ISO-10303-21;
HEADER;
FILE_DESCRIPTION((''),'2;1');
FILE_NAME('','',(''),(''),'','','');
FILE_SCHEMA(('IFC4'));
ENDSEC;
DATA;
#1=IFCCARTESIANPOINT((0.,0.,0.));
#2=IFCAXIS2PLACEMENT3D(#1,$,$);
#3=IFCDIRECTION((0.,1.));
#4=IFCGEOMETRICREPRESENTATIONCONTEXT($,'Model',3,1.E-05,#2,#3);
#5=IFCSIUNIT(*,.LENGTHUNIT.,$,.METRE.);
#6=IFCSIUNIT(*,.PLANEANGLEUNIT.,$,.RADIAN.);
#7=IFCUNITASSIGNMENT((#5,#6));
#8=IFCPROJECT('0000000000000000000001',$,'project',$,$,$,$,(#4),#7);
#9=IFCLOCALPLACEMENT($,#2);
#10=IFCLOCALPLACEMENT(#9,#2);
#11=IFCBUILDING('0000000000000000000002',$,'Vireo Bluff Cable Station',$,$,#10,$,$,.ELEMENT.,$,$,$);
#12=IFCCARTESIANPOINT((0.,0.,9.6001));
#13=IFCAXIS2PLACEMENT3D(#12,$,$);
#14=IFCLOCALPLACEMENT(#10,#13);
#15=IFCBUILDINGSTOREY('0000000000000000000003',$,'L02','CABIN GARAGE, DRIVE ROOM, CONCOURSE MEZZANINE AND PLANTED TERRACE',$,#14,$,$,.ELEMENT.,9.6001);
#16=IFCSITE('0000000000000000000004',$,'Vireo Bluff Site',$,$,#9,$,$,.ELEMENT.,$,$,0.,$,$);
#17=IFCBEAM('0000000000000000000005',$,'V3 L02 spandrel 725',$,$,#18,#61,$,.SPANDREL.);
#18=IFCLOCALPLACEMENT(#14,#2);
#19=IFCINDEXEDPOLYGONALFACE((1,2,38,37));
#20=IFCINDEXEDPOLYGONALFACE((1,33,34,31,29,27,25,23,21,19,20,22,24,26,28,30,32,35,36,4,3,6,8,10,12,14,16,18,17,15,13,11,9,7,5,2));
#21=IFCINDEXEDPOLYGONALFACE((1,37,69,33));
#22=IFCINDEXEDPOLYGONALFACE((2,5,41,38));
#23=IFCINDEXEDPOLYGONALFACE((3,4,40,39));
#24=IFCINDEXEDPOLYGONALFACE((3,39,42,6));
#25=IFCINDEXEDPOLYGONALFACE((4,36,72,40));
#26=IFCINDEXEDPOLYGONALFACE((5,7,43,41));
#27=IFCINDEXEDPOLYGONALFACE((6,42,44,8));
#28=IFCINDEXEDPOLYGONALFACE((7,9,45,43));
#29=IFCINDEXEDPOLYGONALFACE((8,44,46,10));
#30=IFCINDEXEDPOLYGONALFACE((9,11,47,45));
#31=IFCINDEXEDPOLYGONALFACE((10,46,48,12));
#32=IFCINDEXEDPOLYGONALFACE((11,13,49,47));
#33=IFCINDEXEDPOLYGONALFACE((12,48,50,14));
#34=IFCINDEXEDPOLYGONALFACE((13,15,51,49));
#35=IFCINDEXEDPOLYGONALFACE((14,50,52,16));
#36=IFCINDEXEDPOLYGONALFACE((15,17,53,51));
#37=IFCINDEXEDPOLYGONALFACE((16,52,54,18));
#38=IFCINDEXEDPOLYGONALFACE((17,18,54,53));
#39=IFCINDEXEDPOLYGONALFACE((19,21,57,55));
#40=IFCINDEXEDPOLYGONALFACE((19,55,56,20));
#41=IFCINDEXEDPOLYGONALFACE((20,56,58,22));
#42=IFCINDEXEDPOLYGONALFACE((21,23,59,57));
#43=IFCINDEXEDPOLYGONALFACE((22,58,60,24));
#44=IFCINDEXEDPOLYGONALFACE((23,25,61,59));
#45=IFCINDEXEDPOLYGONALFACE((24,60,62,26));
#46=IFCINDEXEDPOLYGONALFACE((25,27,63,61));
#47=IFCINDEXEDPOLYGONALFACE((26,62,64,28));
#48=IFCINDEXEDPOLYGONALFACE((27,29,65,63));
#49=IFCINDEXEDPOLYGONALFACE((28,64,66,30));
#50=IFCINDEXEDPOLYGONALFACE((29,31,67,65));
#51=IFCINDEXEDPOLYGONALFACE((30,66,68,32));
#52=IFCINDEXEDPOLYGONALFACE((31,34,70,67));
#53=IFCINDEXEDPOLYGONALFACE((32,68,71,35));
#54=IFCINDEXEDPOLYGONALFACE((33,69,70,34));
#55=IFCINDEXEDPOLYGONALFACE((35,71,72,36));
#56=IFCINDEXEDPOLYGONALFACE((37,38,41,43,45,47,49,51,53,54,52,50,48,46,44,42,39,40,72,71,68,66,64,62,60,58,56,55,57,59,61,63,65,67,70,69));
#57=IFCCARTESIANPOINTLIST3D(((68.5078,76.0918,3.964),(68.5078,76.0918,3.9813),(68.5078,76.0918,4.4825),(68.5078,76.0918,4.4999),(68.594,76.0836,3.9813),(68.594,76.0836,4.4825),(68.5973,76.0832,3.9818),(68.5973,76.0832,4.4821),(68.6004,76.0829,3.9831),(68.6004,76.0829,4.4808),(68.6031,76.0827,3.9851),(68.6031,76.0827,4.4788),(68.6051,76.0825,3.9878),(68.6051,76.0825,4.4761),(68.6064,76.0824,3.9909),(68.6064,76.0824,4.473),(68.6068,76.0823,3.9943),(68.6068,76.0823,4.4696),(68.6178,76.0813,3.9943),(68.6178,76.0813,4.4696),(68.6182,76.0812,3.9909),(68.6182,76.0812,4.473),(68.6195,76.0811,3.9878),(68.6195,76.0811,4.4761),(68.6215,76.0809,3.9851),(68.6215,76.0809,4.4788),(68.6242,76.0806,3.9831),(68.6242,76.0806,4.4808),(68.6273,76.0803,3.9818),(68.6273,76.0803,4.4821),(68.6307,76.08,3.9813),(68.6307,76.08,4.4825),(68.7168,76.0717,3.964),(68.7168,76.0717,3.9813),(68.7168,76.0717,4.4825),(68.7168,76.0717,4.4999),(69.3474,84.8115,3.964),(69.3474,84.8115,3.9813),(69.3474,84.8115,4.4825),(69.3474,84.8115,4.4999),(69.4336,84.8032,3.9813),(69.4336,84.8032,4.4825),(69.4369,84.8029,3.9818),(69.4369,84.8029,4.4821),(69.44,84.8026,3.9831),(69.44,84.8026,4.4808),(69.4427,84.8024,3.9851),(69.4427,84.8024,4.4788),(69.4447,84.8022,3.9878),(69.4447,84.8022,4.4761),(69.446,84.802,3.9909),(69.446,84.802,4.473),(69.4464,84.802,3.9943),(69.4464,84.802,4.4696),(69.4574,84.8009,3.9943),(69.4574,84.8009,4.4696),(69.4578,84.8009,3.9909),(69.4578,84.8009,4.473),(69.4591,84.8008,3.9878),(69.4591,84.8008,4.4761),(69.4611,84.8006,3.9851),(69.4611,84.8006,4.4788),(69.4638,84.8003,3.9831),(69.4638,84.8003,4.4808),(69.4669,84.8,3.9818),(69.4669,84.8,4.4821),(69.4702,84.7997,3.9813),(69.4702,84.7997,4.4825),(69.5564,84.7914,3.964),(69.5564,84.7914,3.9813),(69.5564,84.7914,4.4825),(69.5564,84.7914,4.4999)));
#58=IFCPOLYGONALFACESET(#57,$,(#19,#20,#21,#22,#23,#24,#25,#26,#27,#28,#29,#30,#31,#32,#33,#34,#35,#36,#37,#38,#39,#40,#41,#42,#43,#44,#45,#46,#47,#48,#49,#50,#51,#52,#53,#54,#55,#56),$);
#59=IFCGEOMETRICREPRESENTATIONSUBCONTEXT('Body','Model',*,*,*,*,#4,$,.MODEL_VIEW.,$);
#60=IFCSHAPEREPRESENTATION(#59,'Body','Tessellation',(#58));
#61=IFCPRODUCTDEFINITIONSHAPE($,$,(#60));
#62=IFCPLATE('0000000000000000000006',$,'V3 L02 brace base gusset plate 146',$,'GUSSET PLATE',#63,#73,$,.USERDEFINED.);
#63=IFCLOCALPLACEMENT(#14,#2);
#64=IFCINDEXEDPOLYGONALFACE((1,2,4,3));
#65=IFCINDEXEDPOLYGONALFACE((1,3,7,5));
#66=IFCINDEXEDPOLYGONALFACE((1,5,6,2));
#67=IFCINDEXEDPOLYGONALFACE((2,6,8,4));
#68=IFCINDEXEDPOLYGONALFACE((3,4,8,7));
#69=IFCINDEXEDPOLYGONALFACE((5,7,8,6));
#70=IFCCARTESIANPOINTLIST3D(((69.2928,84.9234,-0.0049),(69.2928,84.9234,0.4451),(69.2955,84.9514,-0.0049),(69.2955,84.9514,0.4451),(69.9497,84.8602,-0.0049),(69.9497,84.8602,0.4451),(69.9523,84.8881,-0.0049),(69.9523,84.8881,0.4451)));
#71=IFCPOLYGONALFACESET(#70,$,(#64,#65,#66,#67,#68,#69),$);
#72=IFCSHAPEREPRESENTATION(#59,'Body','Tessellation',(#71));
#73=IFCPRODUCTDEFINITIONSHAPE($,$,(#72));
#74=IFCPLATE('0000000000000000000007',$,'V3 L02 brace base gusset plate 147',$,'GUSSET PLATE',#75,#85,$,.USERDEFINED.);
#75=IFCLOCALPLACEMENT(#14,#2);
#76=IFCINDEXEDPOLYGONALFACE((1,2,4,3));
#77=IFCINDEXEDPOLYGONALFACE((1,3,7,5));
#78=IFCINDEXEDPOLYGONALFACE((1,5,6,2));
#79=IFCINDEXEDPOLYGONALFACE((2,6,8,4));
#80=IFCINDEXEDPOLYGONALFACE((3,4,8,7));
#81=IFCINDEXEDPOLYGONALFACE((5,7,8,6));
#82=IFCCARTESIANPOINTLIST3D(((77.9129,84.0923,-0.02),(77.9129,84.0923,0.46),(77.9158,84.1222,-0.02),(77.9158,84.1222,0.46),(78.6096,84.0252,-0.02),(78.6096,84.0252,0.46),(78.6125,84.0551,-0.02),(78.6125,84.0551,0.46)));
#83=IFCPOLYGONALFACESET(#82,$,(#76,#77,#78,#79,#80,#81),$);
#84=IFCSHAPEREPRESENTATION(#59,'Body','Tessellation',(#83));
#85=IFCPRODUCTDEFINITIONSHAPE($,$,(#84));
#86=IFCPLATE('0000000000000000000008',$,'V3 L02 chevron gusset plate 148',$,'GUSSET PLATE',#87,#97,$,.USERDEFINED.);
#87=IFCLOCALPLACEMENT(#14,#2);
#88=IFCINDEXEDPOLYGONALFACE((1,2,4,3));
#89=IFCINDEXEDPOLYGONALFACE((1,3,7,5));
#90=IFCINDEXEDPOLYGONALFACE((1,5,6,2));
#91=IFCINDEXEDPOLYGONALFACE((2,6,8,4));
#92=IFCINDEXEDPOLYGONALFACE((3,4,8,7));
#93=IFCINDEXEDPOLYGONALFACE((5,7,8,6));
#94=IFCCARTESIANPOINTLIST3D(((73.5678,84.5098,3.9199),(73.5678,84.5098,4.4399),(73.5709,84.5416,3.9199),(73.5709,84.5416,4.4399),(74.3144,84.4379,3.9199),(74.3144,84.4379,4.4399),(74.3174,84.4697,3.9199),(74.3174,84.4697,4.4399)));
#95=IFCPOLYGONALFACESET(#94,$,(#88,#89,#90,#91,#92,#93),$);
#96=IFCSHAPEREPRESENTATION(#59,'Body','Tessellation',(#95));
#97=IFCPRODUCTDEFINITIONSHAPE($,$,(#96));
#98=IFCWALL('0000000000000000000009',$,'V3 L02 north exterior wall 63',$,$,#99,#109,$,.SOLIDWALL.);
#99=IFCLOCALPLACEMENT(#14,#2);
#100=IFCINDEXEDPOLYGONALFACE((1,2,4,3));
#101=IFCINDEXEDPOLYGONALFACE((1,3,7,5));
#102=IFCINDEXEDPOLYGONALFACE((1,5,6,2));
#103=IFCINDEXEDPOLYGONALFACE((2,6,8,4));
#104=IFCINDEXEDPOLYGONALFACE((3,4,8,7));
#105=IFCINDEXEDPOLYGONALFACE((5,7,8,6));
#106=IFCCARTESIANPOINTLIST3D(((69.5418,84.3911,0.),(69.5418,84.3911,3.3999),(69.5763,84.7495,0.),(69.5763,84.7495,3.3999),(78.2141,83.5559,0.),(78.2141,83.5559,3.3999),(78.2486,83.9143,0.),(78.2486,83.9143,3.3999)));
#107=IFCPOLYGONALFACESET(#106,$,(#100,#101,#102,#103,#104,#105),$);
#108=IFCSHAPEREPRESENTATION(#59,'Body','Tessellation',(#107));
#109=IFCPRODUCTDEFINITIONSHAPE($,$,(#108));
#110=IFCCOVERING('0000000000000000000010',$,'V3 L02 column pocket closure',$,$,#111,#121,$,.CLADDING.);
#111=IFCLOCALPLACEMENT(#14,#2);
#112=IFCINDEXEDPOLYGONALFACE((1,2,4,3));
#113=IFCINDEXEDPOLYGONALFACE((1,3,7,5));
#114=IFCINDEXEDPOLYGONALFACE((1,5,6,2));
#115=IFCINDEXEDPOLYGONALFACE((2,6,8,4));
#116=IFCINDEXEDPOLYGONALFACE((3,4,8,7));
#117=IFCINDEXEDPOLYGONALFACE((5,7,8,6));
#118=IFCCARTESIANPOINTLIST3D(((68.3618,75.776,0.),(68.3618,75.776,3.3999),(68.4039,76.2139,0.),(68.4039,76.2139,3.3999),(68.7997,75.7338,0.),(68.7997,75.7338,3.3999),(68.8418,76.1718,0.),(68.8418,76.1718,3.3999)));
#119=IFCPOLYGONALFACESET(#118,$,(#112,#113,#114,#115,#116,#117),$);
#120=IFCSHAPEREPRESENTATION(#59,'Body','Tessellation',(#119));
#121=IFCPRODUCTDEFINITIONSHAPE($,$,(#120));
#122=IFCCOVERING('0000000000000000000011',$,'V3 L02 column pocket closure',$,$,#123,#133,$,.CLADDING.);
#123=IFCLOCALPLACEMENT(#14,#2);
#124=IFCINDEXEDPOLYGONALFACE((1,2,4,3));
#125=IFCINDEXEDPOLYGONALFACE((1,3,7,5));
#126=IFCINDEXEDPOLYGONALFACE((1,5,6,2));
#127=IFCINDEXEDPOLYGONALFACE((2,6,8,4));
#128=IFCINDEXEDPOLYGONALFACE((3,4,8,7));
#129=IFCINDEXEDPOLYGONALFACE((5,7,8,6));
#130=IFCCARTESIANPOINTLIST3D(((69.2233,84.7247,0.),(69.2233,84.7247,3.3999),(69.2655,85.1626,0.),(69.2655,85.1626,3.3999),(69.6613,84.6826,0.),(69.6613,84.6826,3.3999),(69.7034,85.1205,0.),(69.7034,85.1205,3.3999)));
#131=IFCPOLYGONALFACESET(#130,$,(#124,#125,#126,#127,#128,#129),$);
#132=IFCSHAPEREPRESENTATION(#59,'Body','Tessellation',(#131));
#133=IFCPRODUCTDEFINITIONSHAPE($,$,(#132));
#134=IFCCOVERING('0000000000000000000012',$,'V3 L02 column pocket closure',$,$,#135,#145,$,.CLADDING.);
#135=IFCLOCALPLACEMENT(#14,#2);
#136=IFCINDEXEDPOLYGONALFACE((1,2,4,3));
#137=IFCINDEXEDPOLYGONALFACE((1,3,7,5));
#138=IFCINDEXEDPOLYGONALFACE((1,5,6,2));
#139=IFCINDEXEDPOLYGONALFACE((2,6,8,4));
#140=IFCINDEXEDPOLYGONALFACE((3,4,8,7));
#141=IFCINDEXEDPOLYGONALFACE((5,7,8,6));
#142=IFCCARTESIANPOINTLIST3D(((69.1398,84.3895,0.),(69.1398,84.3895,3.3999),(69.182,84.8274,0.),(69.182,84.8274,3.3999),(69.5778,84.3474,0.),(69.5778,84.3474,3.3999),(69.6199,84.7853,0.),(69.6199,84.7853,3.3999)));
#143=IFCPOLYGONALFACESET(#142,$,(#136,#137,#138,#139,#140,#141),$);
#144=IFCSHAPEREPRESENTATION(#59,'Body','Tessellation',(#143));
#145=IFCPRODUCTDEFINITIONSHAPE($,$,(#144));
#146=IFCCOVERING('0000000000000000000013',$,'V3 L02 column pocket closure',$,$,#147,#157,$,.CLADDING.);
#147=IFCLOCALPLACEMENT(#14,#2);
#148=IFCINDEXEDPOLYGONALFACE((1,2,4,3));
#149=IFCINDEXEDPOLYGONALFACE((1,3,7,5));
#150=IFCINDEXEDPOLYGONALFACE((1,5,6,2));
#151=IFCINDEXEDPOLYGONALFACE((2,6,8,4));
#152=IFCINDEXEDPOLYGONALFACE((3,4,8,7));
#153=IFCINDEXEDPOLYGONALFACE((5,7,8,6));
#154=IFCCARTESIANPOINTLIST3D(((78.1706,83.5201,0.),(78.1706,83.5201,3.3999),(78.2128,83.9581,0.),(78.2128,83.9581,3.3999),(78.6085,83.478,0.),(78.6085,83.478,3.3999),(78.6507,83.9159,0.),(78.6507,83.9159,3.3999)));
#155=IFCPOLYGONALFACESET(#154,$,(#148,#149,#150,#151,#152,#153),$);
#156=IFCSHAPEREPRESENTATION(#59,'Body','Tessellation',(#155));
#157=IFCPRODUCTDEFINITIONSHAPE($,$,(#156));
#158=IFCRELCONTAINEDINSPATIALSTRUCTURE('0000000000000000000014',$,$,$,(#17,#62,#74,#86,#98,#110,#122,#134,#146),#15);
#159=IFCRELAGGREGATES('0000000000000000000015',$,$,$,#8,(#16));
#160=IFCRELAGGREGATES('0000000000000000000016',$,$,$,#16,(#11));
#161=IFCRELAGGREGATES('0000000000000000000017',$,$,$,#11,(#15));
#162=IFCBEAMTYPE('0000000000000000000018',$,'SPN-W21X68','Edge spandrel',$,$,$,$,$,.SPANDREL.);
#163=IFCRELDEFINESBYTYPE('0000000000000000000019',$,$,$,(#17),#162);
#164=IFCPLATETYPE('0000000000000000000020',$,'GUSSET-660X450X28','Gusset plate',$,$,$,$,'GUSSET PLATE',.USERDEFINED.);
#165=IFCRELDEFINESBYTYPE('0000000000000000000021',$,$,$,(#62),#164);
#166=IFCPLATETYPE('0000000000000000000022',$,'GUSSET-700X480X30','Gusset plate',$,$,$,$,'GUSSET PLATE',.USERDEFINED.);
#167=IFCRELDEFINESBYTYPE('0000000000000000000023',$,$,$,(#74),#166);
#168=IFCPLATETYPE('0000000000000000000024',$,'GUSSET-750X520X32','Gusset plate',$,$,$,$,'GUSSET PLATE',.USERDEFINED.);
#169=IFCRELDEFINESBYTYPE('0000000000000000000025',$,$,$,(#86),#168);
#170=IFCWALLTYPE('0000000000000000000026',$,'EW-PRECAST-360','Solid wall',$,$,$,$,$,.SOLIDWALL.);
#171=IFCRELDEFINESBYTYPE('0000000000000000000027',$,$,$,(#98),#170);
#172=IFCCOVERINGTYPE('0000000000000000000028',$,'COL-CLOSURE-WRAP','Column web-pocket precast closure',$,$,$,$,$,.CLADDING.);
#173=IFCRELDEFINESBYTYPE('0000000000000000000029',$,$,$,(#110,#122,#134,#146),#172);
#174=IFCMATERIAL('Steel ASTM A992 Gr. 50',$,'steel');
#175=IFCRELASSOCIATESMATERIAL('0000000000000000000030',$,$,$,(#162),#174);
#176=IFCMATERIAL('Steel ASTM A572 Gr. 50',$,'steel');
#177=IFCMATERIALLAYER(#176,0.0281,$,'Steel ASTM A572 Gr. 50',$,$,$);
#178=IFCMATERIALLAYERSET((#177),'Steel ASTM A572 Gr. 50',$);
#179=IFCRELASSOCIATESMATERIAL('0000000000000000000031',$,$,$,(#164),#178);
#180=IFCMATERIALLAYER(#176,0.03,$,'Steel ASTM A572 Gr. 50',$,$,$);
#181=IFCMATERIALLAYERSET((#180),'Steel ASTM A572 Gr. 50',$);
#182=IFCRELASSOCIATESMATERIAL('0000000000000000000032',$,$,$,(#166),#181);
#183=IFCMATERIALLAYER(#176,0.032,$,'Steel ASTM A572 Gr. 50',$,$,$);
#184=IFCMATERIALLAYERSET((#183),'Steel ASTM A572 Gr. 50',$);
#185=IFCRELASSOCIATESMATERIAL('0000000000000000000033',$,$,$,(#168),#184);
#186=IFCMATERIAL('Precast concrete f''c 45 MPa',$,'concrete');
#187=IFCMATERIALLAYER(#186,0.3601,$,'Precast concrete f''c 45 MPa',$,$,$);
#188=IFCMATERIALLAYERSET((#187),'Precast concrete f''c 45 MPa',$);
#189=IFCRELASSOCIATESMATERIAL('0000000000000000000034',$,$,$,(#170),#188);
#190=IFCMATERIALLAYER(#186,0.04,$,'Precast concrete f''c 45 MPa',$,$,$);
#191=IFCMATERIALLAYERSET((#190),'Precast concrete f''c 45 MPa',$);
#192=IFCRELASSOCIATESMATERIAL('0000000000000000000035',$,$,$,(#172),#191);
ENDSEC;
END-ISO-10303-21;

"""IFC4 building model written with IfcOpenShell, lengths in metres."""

from ifc_helpers import new_model, si_unit, direction, frame, frame_2d, origin, origin_2d, place, context, subcontext, project, spatial, rectangle, i_section, extrude, material, layer, layer_set, material_profile, profile_set, type_object, element, save


model = new_model("IFC4")

# Units and contexts
model_context = context("Model", 3, precision=1e-05, world=origin(), true_north=direction((0.0, 1.0)))
body_context = subcontext(model_context, "Body", "Model", "MODEL_VIEW")
ifc_project = project(units=[si_unit("LENGTHUNIT", "METRE"), si_unit("PLANEANGLEUNIT", "RADIAN")], contexts=[model_context])

# Site, building, storey
site_placement = place(None, origin())
site = spatial("IfcSite", under=ifc_project, at=site_placement, Name="Vireo Bluff Site", CompositionType="ELEMENT", RefElevation=0.0)
building_placement = place(site_placement, origin())
building = spatial("IfcBuilding", under=site, at=building_placement, Name="Vireo Bluff Cable Station", CompositionType="ELEMENT")
storey_placement = place(building_placement, frame((0.0, 0.0, 9.6001)))
storey = spatial("IfcBuildingStorey", under=building, at=storey_placement, Name="L02", Description="CABIN GARAGE, DRIVE ROOM, CONCOURSE MEZZANINE AND PLANTED TERRACE", CompositionType="ELEMENT", Elevation=9.6001)

# Shared definitions
ifc_material_1 = material(Name="Steel ASTM A992 Gr. 50", Category="steel")

# Beam
ifc_material_profile_1 = material_profile(ifc_material_1, i_section(OverallWidth=0.21, OverallDepth=0.5359, WebThickness=0.011, FlangeThickness=0.0173, FilletRadius=0.0129, at=origin_2d()), Name="W21X68")
ifc_profile_set_1 = profile_set([ifc_material_profile_1], Name="Steel ASTM A992 Gr. 50")
beam_type_1 = type_object("IfcBeamType", Name="SPN-W21X68", Description="Edge spandrel", PredefinedType="SPANDREL", material=ifc_profile_set_1)
beam_1_placement = place(storey_placement, frame((68.6123, 76.0818, 4.2319), z_axis=(0.095844, 0.995396, 0.0), x_axis=(-0.995396, 0.095844, 0.0)))
element("IfcBeam", 1, at=beam_1_placement, inside=storey, type_object=beam_type_1, Name="V3 L02 spandrel 725", PredefinedType="SPANDREL", context=body_context, shape_type="SweptSolid", body=[
    extrude(i_section(OverallWidth=0.21, OverallDepth=0.5359, WebThickness=0.011, FlangeThickness=0.0173, FilletRadius=0.0129, at=origin_2d()), origin(), (0.0, 0.0, 1.0), 8.76),
])

# Plates
ifc_material_2 = material(Name="Steel ASTM A572 Gr. 50", Category="steel")
ifc_layer_1 = layer(ifc_material_2, 0.0281, Name="Steel ASTM A572 Gr. 50")
ifc_layer_set_1 = layer_set([ifc_layer_1], Name="Steel ASTM A572 Gr. 50")
plate_type_1 = type_object("IfcPlateType", Name="GUSSET-660X450X28", Description="Gusset plate", ElementType="GUSSET PLATE", PredefinedType="USERDEFINED", material=ifc_layer_set_1)
plate_1_placement = place(storey_placement, frame((69.6226, 84.9058, -0.0049), z_axis=(0.0, 0.0, 1.0), x_axis=(0.995396, -0.095846, 0.0)))
element("IfcPlate", 2, at=plate_1_placement, inside=storey, type_object=plate_type_1, Name="V3 L02 brace base gusset plate 146", ObjectType="GUSSET PLATE", PredefinedType="USERDEFINED", context=body_context, shape_type="SweptSolid", body=[
    extrude(rectangle(XDim=0.6599, YDim=0.0281, at=origin_2d()), origin(), (0.0, 0.0, 1.0), 0.45),
])
ifc_layer_2 = layer(ifc_material_2, 0.03, Name="Steel ASTM A572 Gr. 50")
ifc_layer_set_2 = layer_set([ifc_layer_2], Name="Steel ASTM A572 Gr. 50")
plate_type_2 = type_object("IfcPlateType", Name="GUSSET-700X480X30", Description="Gusset plate", ElementType="GUSSET PLATE", PredefinedType="USERDEFINED", material=ifc_layer_set_2)
plate_2_placement = place(storey_placement, frame((78.2627, 84.0737, -0.02), z_axis=(0.0, 0.0, 1.0), x_axis=(0.995396, -0.095846, 0.0)))
element("IfcPlate", 3, at=plate_2_placement, inside=storey, type_object=plate_type_2, Name="V3 L02 brace base gusset plate 147", ObjectType="GUSSET PLATE", PredefinedType="USERDEFINED", context=body_context, shape_type="SweptSolid", body=[
    extrude(rectangle(XDim=0.7, YDim=0.03, at=origin_2d()), origin(), (0.0, 0.0, 1.0), 0.48),
])
ifc_layer_3 = layer(ifc_material_2, 0.032, Name="Steel ASTM A572 Gr. 50")
ifc_layer_set_3 = layer_set([ifc_layer_3], Name="Steel ASTM A572 Gr. 50")
plate_type_3 = type_object("IfcPlateType", Name="GUSSET-750X520X32", Description="Gusset plate", ElementType="GUSSET PLATE", PredefinedType="USERDEFINED", material=ifc_layer_set_3)
plate_3_placement = place(storey_placement, frame((73.9426, 84.4897, 3.9199), z_axis=(0.0, 0.0, 1.0), x_axis=(0.995396, -0.095846, 0.0)))
element("IfcPlate", 4, at=plate_3_placement, inside=storey, type_object=plate_type_3, Name="V3 L02 chevron gusset plate 148", ObjectType="GUSSET PLATE", PredefinedType="USERDEFINED", context=body_context, shape_type="SweptSolid", body=[
    extrude(rectangle(XDim=0.75, YDim=0.032, at=origin_2d()), origin(), (0.0, 0.0, 1.0), 0.52),
])

# Shared definitions
ifc_material_3 = material(Name="Precast concrete f'c 45 MPa", Category="concrete")

# Wall
ifc_layer_4 = layer(ifc_material_3, 0.3601, Name="Precast concrete f'c 45 MPa")
ifc_layer_set_4 = layer_set([ifc_layer_4], Name="Precast concrete f'c 45 MPa")
wall_type_1 = type_object("IfcWallType", Name="EW-PRECAST-360", Description="Solid wall", PredefinedType="SOLIDWALL", material=ifc_layer_set_4)
wall_1_placement = place(storey_placement, frame((69.5591, 84.5703, 0.0), z_axis=(0.0, 0.0, 1.0), x_axis=(0.995395, -0.095863, 0.0)))
element("IfcWall", 5, at=wall_1_placement, inside=storey, type_object=wall_type_1, Name="V3 L02 north exterior wall 63", PredefinedType="SOLIDWALL", context=body_context, shape_type="SweptSolid", body=[
    extrude(rectangle(XDim=8.7124, YDim=0.3601, at=frame_2d((4.3562, 0.0))), origin(), (0.0, 0.0, 1.0), 3.3999),
])

# Coverings
ifc_layer_5 = layer(ifc_material_3, 0.04, Name="Precast concrete f'c 45 MPa")
ifc_layer_set_5 = layer_set([ifc_layer_5], Name="Precast concrete f'c 45 MPa")
covering_type = type_object("IfcCoveringType", Name="COL-CLOSURE-WRAP", Description="Column web-pocket precast closure", PredefinedType="CLADDING", material=ifc_layer_set_5)
for number, where, z_axis, x_axis, name in (
    (6, (68.6018, 75.9739, 0.0), (0.0, 0.0, 1.0), (0.995396, -0.095846, 0.0), "V3 L02 column pocket closure"),
    (7, (69.4634, 84.9226, 0.0), (0.0, 0.0, 1.0), (0.995396, -0.095846, 0.0), "V3 L02 column pocket closure"),
    (8, (69.3799, 84.5874, 0.0), (0.0, 0.0, 1.0), (0.995396, -0.095846, 0.0), "V3 L02 column pocket closure"),
    (9, (78.4106, 83.718, 0.0), (0.0, 0.0, 1.0), (0.995396, -0.095846, 0.0), "V3 L02 column pocket closure"),
):
    element("IfcCovering", number, at=place(storey_placement, frame(where, z_axis=z_axis, x_axis=x_axis)), inside=storey, type_object=covering_type, Name=name, PredefinedType="CLADDING", context=body_context, shape_type="SweptSolid", body=[
        extrude(rectangle(XDim=0.4399, YDim=0.4399, at=origin_2d()), origin(), (0.0, 0.0, 1.0), 3.3999),
    ])

save(model, "model.ifc")
